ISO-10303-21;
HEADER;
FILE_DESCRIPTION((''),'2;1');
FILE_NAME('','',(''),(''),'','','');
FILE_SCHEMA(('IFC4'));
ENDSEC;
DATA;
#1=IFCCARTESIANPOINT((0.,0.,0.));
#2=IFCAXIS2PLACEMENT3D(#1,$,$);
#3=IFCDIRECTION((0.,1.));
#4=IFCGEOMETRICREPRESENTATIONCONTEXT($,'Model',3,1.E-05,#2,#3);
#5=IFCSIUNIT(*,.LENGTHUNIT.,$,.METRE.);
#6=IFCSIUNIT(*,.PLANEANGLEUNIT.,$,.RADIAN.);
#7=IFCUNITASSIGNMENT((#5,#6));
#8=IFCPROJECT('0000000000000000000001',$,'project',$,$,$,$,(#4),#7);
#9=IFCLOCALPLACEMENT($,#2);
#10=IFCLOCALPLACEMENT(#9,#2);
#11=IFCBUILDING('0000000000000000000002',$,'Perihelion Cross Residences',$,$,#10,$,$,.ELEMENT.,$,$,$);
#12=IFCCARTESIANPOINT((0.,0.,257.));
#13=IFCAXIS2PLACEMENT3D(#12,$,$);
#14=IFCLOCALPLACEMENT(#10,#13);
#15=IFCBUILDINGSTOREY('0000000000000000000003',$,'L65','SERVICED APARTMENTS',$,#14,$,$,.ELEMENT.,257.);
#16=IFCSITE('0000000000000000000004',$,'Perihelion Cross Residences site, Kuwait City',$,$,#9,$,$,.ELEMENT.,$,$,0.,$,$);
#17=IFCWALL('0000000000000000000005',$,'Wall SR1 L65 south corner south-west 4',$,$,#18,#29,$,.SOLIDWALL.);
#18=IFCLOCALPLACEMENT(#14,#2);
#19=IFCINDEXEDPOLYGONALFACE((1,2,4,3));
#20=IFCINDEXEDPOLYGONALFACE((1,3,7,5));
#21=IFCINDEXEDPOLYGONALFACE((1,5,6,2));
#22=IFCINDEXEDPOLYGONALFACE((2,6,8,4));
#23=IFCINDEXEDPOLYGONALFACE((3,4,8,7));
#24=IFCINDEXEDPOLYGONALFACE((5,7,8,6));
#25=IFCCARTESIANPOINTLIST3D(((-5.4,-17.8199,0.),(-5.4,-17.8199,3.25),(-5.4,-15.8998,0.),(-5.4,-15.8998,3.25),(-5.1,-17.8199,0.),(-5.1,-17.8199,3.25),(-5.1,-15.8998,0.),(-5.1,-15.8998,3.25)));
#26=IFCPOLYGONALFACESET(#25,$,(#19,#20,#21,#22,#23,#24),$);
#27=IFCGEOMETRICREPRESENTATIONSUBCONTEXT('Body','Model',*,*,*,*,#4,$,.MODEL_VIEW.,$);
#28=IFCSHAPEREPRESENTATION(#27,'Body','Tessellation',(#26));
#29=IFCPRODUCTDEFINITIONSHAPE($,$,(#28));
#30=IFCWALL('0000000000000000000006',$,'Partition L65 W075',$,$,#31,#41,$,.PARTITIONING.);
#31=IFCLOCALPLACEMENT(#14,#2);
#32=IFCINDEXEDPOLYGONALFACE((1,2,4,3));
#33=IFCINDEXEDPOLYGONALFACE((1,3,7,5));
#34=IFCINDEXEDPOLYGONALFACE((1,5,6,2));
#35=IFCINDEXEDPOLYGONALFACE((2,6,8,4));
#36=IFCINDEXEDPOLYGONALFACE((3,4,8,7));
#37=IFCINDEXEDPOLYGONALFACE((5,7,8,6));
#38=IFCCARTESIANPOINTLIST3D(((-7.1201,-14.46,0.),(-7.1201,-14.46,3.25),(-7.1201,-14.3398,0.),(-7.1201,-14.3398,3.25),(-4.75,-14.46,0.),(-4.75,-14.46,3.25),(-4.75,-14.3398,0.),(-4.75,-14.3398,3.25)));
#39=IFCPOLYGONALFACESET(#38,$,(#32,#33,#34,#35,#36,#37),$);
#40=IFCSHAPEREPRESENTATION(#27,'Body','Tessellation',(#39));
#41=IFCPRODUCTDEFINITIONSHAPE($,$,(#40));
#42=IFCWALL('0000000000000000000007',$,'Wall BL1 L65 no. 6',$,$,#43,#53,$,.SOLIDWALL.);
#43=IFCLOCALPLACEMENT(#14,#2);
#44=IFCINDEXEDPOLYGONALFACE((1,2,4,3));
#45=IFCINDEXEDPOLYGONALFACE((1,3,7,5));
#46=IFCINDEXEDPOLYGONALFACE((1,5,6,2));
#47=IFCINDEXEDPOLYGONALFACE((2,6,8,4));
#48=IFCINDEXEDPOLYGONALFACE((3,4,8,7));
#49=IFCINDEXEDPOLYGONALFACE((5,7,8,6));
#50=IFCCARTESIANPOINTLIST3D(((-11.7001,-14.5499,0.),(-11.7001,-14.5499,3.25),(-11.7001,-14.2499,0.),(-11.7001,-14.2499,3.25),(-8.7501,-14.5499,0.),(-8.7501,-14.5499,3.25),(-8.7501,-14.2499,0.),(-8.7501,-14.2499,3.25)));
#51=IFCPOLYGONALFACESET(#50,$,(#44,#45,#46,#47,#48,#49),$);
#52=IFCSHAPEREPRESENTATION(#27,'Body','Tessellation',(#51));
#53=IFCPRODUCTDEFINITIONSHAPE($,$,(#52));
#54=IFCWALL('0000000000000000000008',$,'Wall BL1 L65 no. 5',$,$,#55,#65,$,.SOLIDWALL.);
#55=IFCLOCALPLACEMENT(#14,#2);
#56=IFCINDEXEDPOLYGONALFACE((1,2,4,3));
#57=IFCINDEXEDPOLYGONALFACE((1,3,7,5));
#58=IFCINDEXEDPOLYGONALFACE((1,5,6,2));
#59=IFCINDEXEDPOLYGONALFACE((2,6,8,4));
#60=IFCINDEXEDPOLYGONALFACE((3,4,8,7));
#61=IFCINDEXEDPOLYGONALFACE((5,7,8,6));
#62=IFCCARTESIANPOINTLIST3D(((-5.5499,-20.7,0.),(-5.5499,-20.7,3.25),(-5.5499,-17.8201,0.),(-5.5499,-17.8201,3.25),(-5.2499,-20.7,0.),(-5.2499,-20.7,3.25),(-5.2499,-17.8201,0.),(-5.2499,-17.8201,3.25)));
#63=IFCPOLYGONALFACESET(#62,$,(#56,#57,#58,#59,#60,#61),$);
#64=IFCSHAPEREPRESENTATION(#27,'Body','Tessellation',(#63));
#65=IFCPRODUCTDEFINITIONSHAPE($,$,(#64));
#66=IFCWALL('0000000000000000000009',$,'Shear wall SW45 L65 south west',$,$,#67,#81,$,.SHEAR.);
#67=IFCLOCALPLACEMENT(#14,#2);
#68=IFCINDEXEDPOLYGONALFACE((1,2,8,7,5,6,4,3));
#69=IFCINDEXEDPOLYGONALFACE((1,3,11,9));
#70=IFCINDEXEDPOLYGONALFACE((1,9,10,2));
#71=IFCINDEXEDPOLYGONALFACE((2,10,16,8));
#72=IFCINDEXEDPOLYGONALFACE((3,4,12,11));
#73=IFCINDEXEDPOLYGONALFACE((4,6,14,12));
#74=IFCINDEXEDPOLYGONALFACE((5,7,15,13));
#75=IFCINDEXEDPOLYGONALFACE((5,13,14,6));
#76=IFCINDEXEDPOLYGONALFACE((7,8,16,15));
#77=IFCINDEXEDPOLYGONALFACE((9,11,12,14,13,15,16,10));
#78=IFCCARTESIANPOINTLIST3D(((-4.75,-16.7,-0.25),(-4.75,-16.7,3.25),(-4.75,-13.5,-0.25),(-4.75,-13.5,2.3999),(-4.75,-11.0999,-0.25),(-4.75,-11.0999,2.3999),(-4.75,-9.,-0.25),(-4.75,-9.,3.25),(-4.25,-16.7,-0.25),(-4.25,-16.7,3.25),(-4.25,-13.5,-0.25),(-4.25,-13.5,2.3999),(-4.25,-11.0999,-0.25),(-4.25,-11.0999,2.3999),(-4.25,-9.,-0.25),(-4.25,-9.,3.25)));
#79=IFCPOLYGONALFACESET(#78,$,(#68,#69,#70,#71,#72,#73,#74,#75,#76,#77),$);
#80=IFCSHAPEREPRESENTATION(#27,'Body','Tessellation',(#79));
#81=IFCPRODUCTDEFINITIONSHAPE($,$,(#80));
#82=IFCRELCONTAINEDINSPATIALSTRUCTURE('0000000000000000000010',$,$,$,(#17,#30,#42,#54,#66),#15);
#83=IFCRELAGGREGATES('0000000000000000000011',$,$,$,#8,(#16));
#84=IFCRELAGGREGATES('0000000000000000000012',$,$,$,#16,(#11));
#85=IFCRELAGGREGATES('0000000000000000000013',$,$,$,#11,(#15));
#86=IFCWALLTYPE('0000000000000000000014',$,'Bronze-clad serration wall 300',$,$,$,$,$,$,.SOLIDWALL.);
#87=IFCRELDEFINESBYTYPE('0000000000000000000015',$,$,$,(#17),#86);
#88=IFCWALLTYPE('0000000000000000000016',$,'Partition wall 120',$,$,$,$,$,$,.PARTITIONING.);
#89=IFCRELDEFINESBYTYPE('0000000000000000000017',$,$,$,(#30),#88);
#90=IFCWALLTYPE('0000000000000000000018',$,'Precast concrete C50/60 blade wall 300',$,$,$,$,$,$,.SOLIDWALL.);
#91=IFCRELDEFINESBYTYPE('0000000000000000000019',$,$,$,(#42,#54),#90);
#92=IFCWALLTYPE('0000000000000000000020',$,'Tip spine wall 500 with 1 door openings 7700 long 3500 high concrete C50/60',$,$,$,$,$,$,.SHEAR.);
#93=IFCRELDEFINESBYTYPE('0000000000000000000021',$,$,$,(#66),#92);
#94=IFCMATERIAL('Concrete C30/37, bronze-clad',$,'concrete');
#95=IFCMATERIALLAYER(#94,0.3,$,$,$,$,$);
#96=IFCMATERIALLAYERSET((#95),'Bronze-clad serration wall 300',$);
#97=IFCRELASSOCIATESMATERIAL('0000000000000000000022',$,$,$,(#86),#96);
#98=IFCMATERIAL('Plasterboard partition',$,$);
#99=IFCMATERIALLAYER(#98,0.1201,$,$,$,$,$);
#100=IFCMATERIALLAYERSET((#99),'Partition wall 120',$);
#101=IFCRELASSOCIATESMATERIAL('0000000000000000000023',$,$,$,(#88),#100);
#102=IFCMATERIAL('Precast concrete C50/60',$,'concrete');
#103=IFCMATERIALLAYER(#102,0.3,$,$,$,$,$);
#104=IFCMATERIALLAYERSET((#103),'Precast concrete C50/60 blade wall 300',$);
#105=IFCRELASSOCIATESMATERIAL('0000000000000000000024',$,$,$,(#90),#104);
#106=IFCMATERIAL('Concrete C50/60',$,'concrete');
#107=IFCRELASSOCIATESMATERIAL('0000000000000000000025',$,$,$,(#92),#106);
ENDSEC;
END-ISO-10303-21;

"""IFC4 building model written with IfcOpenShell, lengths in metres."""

from ifc_helpers import new_model, si_unit, direction, frame, frame_2d, origin, place, context, subcontext, project, spatial, polyline, rectangle, outline, extrude, material, layer, layer_set, material_profile, profile_set, type_object, element, save


model = new_model("IFC4")

# Units and contexts
model_context = context("Model", 3, precision=1e-05, world=origin(), true_north=direction((0.0, 1.0)))
body_context = subcontext(model_context, "Body", "Model", "MODEL_VIEW")
ifc_project = project(units=[si_unit("LENGTHUNIT", "METRE"), si_unit("PLANEANGLEUNIT", "RADIAN")], contexts=[model_context])

# Site, building, storey
site_placement = place(None, origin())
site = spatial("IfcSite", under=ifc_project, at=site_placement, Name="Perihelion Cross Residences site, Kuwait City", CompositionType="ELEMENT", RefElevation=0.0)
building_placement = place(site_placement, origin())
building = spatial("IfcBuilding", under=site, at=building_placement, Name="Perihelion Cross Residences", CompositionType="ELEMENT")
storey_placement = place(building_placement, frame((0.0, 0.0, 257.0)))
storey = spatial("IfcBuildingStorey", under=building, at=storey_placement, Name="L65", Description="SERVICED APARTMENTS", CompositionType="ELEMENT", Elevation=257.0)

# Walls
ifc_material_1 = material(Name="Concrete C30/37, bronze-clad", Category="concrete")
ifc_layer_1 = layer(ifc_material_1, 0.3)
ifc_layer_set_1 = layer_set([ifc_layer_1], Name="Bronze-clad serration wall 300")
wall_type_1 = type_object("IfcWallType", Name="Bronze-clad serration wall 300", PredefinedType="SOLIDWALL", material=ifc_layer_set_1)
wall_1_placement = place(storey_placement, frame((-5.25, -15.8999, 0.0), z_axis=(0.0, 0.0, 1.0), x_axis=(0.0, -1.0, 0.0)))
element("IfcWall", 1, at=wall_1_placement, inside=storey, type_object=wall_type_1, Name="Wall SR1 L65 south corner south-west 4", PredefinedType="SOLIDWALL", context=body_context, shape_type="SweptSolid", body=[
    extrude(rectangle(XDim=1.9202, YDim=0.3, at=frame_2d((0.96, 0.0))), origin(), (0.0, 0.0, 1.0), 3.25),
])
ifc_material_2 = material(Name="Plasterboard partition")
ifc_layer_2 = layer(ifc_material_2, 0.1201)
ifc_layer_set_2 = layer_set([ifc_layer_2], Name="Partition wall 120")
wall_type_2 = type_object("IfcWallType", Name="Partition wall 120", PredefinedType="PARTITIONING", material=ifc_layer_set_2)
wall_2_placement = place(storey_placement, frame((-4.75, -14.3999, 0.0), z_axis=(0.0, 0.0, 1.0), x_axis=(-1.0, 0.0, 0.0)))
element("IfcWall", 2, at=wall_2_placement, inside=storey, type_object=wall_type_2, Name="Partition L65 W075", PredefinedType="PARTITIONING", context=body_context, shape_type="SweptSolid", body=[
    extrude(rectangle(XDim=2.3701, YDim=0.1201, at=frame_2d((1.1851, 0.0))), origin(), (0.0, 0.0, 1.0), 3.25),
])
ifc_material_3 = material(Name="Precast concrete C50/60", Category="concrete")
ifc_layer_3 = layer(ifc_material_3, 0.3)
ifc_layer_set_3 = layer_set([ifc_layer_3], Name="Precast concrete C50/60 blade wall 300")
wall_type_3 = type_object("IfcWallType", Name="Precast concrete C50/60 blade wall 300", PredefinedType="SOLIDWALL", material=ifc_layer_set_3)
wall_3_placement = place(storey_placement, frame((-8.75, -14.3999, 0.0), z_axis=(0.0, 0.0, 1.0), x_axis=(-1.0, 0.0, 0.0)))
element("IfcWall", 3, at=wall_3_placement, inside=storey, type_object=wall_type_3, Name="Wall BL1 L65 no. 6", PredefinedType="SOLIDWALL", context=body_context, shape_type="SweptSolid", body=[
    extrude(rectangle(XDim=2.95, YDim=0.3, at=frame_2d((1.4751, 0.0))), origin(), (0.0, 0.0, 1.0), 3.25),
])
wall_4_placement = place(storey_placement, frame((-5.3999, -17.8201, 0.0), z_axis=(0.0, 0.0, 1.0), x_axis=(0.0, -1.0, 0.0)))
element("IfcWall", 4, at=wall_4_placement, inside=storey, type_object=wall_type_3, Name="Wall BL1 L65 no. 5", PredefinedType="SOLIDWALL", context=body_context, shape_type="SweptSolid", body=[
    extrude(rectangle(XDim=2.8799, YDim=0.3, at=frame_2d((1.4399, 0.0))), origin(), (0.0, 0.0, 1.0), 3.25),
])
ifc_material_4 = material(Name="Concrete C50/60", Category="concrete")
ifc_material_profile_1 = material_profile(ifc_material_4, outline(polyline([(0.0, 0.0), (3.2, 0.0), (3.2, 2.6499), (5.6001, 2.6499), (5.6001, 0.0), (7.7, 0.0), (7.7, 3.5), (0.0, 3.5), (0.0, 0.0)])), Name="Tip spine wall")
ifc_profile_set_1 = profile_set([ifc_material_profile_1], Name="Concrete C50/60")
wall_type_4 = type_object("IfcWallType", Name="Tip spine wall 500 with 1 door openings 7700 long 3500 high concrete C50/60", PredefinedType="SHEAR", material=ifc_profile_set_1)
wall_5_placement = place(storey_placement, frame((-4.75, -16.7, -0.25), z_axis=(1.0, 0.0, 0.0), x_axis=(0.0, 1.0, 0.0)))
element("IfcWall", 5, at=wall_5_placement, inside=storey, type_object=wall_type_4, Name="Shear wall SW45 L65 south west", PredefinedType="SHEAR", context=body_context, shape_type="SweptSolid", body=[
    extrude(outline(polyline([(0.0, 0.0), (3.2, 0.0), (3.2, 2.6499), (5.6001, 2.6499), (5.6001, 0.0), (7.7, 0.0), (7.7, 3.5), (0.0, 3.5), (0.0, 0.0)])), origin(), (0.0, 0.0, 1.0), 0.5),
])

save(model, "model.ifc")
